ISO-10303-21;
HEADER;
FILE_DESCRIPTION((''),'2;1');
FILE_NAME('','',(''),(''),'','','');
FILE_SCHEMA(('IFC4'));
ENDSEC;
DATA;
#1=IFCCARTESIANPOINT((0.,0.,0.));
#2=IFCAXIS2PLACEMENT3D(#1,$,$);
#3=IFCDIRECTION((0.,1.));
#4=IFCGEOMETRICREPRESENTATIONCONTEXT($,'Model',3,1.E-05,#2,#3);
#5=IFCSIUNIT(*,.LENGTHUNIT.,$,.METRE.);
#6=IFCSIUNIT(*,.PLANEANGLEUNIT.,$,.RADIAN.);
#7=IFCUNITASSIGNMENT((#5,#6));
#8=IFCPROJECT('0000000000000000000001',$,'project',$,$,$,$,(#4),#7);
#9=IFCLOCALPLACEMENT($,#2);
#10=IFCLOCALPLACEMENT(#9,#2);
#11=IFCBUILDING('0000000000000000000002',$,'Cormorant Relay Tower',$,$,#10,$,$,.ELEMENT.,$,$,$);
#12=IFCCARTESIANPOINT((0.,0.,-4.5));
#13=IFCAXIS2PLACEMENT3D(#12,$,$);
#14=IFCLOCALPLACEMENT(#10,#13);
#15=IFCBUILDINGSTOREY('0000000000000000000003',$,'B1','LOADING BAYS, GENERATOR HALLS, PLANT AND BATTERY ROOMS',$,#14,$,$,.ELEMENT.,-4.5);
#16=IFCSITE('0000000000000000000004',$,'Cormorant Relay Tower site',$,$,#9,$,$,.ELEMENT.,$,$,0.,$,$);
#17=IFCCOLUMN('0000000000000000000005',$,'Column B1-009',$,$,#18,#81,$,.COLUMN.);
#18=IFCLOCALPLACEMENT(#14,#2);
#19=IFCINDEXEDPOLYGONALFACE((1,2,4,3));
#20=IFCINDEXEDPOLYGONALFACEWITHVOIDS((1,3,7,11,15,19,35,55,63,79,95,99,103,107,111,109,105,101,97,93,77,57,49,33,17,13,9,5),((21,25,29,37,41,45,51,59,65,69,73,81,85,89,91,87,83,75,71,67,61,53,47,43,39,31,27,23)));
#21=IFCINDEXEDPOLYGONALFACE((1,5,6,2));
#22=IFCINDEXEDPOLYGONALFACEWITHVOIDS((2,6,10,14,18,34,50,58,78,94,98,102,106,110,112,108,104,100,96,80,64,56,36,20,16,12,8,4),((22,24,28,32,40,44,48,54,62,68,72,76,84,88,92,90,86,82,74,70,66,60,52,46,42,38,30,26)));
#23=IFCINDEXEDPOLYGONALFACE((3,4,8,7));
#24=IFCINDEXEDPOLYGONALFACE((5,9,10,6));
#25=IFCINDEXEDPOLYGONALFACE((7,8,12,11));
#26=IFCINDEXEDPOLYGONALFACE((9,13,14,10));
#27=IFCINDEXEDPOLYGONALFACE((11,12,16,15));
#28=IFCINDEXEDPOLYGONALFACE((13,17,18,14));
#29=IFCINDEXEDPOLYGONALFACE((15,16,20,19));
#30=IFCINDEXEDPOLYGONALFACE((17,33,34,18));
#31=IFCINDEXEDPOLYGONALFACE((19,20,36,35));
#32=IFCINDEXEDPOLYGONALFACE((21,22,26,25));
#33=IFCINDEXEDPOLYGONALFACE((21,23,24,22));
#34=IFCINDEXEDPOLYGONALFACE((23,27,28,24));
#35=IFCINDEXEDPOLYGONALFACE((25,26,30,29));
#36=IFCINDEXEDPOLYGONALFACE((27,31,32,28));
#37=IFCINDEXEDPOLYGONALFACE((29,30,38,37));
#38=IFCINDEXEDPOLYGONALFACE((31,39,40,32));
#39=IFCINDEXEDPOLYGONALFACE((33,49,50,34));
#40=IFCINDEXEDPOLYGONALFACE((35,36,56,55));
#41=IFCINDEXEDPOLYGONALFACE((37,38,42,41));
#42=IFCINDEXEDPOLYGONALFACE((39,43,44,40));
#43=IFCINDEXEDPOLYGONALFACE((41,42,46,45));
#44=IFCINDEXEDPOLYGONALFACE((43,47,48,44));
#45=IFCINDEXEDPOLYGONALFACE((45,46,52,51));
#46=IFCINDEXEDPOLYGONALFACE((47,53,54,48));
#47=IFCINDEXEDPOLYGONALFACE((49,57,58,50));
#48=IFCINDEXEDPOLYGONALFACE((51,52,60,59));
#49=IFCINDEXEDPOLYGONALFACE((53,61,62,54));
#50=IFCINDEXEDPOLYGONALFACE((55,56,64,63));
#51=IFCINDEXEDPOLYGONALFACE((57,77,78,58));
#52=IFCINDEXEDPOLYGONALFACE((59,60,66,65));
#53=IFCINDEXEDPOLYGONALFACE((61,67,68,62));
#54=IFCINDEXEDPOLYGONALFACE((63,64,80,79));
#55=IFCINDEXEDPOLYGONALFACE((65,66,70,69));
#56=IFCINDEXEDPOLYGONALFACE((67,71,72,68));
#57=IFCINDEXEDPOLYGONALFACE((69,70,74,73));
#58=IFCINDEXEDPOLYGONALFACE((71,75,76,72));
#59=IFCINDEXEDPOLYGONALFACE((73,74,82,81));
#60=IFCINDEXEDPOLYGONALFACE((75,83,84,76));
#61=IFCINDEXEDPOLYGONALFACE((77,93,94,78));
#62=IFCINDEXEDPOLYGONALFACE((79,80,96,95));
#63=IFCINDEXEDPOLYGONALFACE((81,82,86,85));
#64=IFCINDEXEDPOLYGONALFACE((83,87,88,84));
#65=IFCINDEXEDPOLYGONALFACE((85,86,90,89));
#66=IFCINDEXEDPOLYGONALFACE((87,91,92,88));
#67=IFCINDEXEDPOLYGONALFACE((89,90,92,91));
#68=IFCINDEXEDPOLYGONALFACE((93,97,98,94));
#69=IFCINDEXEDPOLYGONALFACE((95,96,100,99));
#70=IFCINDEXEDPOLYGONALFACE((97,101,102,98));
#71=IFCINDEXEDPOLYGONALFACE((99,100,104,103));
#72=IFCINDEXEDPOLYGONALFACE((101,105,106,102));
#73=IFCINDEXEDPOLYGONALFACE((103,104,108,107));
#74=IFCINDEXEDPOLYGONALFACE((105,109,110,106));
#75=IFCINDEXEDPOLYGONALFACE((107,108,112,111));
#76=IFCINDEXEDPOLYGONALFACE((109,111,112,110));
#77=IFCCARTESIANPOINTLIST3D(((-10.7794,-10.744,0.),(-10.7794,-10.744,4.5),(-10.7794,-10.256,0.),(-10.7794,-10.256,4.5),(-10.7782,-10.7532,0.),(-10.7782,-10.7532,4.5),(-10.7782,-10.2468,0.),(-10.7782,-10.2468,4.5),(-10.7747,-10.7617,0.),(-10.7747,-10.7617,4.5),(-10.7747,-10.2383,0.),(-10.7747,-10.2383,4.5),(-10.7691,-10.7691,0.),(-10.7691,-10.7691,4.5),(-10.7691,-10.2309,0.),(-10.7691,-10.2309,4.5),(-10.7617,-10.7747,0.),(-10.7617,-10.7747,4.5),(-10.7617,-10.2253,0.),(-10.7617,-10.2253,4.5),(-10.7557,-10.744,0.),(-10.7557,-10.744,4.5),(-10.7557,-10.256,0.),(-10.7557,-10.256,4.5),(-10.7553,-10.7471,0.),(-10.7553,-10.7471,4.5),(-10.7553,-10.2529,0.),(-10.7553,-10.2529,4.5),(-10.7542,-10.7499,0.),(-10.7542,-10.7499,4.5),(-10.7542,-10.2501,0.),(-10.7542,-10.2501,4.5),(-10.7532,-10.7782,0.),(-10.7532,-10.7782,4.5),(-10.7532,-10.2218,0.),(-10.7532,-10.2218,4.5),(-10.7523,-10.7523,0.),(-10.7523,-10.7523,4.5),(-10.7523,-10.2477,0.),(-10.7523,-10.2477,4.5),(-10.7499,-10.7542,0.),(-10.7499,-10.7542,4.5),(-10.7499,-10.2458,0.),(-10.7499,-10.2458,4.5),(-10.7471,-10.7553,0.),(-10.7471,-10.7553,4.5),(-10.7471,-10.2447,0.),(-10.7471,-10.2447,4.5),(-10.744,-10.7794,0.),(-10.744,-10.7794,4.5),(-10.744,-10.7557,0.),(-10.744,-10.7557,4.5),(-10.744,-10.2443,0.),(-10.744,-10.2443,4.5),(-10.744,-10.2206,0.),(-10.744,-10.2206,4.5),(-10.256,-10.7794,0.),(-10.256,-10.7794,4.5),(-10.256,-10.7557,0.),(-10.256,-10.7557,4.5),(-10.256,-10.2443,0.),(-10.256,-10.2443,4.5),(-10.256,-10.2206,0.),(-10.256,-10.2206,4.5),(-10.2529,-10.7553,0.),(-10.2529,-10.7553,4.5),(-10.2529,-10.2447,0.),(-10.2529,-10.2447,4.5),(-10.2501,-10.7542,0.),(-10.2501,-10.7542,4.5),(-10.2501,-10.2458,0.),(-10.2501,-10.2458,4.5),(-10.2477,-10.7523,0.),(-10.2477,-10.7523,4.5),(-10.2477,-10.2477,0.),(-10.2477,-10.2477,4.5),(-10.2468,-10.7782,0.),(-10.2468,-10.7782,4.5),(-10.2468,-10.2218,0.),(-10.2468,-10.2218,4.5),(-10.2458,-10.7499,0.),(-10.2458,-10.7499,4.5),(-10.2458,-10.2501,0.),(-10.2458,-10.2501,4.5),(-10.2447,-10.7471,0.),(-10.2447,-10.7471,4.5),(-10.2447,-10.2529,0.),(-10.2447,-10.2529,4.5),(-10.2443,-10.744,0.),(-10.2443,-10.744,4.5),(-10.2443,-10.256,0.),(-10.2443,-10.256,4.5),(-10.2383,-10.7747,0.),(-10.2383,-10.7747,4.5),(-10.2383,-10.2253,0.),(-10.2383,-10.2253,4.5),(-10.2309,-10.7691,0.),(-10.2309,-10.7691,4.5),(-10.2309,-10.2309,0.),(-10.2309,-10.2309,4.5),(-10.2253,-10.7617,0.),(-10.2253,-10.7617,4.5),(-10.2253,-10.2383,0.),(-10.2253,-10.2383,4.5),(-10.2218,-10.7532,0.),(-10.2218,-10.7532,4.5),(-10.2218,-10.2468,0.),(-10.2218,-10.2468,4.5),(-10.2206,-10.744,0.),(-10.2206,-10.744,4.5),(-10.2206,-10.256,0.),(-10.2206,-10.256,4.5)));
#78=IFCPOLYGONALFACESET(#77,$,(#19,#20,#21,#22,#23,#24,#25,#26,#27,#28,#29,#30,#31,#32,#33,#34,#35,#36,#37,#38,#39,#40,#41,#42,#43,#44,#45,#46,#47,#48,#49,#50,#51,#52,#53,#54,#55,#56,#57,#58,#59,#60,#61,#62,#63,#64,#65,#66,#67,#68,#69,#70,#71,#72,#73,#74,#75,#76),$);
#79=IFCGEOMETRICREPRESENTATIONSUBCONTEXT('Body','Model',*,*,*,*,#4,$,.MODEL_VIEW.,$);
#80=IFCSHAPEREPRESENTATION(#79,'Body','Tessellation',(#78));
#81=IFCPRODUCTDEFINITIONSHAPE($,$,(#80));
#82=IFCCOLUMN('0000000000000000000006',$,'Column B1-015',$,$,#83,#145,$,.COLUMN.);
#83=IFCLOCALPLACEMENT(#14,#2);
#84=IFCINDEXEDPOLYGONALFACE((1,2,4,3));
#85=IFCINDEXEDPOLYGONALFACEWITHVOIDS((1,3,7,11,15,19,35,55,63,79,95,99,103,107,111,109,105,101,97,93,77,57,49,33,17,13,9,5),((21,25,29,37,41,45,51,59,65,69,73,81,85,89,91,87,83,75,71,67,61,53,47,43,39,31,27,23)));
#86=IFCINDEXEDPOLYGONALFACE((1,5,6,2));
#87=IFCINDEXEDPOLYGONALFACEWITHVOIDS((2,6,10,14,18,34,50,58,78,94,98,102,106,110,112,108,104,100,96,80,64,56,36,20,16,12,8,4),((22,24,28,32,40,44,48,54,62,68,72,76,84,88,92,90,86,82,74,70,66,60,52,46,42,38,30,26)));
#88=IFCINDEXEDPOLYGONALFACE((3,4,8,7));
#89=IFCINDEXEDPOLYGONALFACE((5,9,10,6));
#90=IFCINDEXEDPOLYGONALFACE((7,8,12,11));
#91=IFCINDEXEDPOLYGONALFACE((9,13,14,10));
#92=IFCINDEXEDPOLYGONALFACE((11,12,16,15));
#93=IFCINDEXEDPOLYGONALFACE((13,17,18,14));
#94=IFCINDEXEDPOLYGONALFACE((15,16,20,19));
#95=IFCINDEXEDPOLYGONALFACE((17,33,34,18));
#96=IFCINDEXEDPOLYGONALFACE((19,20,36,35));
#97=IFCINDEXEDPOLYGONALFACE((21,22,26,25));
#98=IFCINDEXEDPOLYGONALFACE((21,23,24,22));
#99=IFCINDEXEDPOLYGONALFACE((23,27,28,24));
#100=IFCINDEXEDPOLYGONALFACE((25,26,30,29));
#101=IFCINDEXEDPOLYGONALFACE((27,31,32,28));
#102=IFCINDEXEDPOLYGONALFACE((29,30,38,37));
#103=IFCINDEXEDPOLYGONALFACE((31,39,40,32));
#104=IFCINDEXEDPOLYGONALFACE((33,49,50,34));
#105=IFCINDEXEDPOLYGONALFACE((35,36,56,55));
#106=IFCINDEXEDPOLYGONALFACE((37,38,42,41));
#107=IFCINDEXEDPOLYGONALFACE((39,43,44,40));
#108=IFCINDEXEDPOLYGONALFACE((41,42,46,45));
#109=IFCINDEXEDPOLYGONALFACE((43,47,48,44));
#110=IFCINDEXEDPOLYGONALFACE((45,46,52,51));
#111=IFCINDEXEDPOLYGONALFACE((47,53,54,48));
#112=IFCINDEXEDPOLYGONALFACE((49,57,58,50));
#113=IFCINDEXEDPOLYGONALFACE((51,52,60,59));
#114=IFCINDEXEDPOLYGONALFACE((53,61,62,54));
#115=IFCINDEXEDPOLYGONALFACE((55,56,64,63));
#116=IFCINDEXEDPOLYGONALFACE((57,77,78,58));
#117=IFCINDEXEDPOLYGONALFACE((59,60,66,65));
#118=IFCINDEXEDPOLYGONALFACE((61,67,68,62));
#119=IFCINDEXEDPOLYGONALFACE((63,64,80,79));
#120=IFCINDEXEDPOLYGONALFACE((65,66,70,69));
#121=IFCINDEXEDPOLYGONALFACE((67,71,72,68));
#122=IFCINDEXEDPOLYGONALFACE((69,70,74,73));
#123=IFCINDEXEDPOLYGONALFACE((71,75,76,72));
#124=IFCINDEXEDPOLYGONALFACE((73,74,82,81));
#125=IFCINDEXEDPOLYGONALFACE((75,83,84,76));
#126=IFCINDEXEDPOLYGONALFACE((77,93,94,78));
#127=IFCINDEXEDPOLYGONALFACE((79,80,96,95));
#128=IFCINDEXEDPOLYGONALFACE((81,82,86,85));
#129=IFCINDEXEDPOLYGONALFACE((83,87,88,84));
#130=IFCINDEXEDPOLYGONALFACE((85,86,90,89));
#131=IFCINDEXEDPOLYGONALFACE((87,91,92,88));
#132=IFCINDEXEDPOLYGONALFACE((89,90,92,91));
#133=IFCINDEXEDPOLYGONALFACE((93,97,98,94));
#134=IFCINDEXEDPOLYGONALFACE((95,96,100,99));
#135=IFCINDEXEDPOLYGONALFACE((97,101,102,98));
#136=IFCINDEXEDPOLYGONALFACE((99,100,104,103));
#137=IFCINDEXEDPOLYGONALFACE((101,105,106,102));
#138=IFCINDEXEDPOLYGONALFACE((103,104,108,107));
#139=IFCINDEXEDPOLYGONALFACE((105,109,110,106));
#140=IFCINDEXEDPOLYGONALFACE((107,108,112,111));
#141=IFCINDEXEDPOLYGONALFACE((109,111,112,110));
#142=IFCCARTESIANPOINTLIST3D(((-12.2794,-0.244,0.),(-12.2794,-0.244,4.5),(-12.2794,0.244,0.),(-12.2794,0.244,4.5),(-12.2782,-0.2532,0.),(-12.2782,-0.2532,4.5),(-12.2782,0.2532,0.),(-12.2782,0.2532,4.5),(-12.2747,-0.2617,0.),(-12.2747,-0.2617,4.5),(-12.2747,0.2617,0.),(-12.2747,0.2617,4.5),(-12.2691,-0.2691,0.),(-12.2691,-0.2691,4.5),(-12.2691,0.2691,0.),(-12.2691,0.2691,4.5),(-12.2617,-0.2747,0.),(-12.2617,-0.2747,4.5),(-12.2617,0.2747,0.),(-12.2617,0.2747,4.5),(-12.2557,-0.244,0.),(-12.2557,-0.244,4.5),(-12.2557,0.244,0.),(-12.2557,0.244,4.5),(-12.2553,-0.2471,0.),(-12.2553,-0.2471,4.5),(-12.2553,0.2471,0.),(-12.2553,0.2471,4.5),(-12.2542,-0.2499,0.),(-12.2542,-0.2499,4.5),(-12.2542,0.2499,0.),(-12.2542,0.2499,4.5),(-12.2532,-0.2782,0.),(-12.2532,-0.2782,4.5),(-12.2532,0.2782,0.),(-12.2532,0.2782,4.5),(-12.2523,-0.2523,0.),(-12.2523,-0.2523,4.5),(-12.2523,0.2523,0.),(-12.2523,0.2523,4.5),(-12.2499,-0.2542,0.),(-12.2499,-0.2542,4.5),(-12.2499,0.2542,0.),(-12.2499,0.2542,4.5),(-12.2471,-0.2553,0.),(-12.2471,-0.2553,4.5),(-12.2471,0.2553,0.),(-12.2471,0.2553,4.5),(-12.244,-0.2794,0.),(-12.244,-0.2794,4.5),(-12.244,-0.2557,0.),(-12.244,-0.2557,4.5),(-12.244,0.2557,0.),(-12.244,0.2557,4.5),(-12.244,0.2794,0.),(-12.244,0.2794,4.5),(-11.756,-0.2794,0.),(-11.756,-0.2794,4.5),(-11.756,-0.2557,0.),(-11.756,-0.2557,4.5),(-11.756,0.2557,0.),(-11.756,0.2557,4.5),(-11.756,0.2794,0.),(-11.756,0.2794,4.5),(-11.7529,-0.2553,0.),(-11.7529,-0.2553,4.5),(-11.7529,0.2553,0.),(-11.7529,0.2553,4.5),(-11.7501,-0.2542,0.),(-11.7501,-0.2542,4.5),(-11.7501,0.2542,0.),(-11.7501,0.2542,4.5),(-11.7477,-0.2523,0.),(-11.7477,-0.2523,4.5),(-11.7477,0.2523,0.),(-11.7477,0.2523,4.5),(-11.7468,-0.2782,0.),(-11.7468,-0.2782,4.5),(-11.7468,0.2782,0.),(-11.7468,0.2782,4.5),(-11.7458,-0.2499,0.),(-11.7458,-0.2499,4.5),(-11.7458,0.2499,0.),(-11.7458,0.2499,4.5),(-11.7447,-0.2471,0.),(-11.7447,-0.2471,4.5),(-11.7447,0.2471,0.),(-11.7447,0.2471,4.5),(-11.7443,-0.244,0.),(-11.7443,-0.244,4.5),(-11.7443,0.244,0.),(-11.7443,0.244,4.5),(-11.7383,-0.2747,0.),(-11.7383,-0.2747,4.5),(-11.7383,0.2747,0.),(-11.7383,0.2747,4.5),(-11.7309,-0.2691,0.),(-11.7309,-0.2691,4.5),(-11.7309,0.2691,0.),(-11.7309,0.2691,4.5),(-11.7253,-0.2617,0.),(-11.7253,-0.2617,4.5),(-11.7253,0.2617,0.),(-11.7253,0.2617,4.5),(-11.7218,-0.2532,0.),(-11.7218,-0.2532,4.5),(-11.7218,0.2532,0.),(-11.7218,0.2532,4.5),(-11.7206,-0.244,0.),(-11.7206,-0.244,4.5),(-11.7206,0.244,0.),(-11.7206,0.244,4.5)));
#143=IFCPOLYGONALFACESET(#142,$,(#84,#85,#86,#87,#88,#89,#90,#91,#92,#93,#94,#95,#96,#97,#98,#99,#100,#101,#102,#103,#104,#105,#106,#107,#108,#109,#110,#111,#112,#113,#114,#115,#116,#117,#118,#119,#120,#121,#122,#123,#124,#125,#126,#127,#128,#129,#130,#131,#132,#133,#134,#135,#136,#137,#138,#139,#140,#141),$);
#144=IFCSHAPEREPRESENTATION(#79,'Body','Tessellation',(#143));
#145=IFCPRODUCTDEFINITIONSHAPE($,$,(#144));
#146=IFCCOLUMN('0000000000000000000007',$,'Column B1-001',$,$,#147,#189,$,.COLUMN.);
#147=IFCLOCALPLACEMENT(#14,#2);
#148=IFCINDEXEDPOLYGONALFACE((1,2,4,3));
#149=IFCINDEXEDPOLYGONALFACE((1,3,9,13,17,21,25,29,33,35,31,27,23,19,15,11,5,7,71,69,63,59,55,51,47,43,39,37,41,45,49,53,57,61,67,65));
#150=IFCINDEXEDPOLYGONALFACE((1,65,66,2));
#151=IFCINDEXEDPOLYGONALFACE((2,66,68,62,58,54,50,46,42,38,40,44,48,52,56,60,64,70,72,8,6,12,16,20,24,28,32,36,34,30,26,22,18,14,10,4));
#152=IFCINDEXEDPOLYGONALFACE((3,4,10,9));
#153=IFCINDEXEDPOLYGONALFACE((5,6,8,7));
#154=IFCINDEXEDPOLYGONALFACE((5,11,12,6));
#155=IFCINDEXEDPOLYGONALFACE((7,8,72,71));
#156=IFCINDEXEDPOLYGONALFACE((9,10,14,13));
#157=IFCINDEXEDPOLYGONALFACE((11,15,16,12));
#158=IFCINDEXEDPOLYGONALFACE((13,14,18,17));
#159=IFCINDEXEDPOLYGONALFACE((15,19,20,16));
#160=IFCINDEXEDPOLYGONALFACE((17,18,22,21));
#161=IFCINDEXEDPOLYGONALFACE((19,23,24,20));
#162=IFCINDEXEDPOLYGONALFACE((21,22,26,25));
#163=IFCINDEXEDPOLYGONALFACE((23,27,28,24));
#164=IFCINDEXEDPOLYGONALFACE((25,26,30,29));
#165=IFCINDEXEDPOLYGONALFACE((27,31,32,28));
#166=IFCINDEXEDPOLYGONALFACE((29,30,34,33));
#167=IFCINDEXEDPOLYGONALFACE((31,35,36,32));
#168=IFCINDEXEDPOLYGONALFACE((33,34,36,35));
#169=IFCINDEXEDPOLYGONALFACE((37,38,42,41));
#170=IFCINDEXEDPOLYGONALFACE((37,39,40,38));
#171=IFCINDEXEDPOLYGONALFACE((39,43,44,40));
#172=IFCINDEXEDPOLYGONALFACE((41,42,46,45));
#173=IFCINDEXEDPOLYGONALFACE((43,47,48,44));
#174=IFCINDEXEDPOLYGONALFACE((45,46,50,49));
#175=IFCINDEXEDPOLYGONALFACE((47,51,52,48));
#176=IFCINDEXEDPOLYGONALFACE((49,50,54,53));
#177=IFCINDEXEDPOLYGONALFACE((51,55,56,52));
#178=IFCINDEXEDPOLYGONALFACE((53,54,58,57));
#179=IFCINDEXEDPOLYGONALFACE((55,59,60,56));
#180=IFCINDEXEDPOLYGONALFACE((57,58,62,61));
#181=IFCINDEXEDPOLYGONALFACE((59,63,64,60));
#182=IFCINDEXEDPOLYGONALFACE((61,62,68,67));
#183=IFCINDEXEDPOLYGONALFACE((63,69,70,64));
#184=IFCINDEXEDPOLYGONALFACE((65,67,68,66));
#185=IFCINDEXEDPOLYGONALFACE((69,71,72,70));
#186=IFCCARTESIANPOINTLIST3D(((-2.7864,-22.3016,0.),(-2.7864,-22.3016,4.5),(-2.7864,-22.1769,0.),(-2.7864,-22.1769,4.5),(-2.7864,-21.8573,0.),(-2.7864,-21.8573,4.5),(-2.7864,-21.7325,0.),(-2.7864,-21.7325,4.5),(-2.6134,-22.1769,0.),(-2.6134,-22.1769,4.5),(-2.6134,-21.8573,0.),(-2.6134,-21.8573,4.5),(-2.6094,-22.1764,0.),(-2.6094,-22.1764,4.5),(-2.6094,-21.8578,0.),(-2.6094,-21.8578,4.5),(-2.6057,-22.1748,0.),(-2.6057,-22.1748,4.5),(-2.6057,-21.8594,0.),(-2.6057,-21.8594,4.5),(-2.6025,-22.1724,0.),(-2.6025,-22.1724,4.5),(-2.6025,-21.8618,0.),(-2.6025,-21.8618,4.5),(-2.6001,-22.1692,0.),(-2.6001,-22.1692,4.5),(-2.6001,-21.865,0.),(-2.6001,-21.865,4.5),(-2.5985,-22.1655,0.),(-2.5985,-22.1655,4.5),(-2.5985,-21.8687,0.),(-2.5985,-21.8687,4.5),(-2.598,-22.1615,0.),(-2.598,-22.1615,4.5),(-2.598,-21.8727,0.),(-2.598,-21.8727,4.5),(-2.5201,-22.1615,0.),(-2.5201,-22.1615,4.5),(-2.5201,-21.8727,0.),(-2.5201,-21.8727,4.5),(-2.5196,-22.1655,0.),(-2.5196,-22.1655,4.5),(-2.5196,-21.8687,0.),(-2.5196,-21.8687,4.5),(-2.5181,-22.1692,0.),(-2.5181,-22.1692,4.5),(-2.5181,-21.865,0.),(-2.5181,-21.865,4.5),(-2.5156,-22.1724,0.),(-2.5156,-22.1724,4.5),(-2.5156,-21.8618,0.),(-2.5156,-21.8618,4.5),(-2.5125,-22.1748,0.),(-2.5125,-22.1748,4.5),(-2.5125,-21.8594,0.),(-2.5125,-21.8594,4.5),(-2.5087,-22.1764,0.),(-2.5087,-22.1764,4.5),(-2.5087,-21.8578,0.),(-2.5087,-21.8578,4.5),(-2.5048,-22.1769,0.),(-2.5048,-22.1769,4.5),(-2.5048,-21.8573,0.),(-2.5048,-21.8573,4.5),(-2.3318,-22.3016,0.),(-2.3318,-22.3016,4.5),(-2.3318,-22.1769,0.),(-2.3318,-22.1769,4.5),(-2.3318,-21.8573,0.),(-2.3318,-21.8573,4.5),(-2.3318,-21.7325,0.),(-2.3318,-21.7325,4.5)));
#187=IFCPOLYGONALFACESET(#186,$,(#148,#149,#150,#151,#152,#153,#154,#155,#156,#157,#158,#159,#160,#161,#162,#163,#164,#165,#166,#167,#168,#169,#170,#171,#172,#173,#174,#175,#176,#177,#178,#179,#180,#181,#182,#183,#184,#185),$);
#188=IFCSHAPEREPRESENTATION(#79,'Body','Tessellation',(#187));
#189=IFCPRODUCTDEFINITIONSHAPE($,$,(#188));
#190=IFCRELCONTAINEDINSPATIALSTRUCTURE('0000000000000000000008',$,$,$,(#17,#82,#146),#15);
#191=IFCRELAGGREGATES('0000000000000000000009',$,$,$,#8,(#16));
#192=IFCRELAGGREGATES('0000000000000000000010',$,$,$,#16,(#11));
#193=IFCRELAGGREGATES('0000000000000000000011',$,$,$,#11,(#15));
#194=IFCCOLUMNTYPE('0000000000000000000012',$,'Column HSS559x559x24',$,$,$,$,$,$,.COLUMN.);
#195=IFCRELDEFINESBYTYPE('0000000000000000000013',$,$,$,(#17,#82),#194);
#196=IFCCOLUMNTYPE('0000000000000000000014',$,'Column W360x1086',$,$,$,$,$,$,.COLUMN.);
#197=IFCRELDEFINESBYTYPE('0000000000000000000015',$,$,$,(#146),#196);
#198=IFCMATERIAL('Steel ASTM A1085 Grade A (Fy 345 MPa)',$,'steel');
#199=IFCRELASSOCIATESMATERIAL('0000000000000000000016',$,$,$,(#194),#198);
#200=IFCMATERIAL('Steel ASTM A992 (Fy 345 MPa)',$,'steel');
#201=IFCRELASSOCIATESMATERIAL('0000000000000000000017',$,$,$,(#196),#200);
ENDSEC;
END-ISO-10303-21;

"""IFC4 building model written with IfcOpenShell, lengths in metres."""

from ifc_helpers import new_model, si_unit, direction, frame, origin, origin_2d, place, context, subcontext, project, spatial, hollow_rectangle, i_section, extrude, material, material_profile, profile_set, type_object, element, save


model = new_model("IFC4")

# Units and contexts
model_context = context("Model", 3, precision=1e-05, world=origin(), true_north=direction((0.0, 1.0)))
body_context = subcontext(model_context, "Body", "Model", "MODEL_VIEW")
ifc_project = project(units=[si_unit("LENGTHUNIT", "METRE"), si_unit("PLANEANGLEUNIT", "RADIAN")], contexts=[model_context])

# Site, building, storey
site_placement = place(None, origin())
site = spatial("IfcSite", under=ifc_project, at=site_placement, Name="Cormorant Relay Tower site", CompositionType="ELEMENT", RefElevation=0.0)
building_placement = place(site_placement, origin())
building = spatial("IfcBuilding", under=site, at=building_placement, Name="Cormorant Relay Tower", CompositionType="ELEMENT")
storey_placement = place(building_placement, frame((0.0, 0.0, -4.5)))
storey = spatial("IfcBuildingStorey", under=building, at=storey_placement, Name="B1", Description="LOADING BAYS, GENERATOR HALLS, PLANT AND BATTERY ROOMS", CompositionType="ELEMENT", Elevation=-4.5)

# Columns
ifc_material_1 = material(Name="Steel ASTM A1085 Grade A (Fy 345 MPa)", Category="steel")
ifc_material_profile_1 = material_profile(ifc_material_1, hollow_rectangle(XDim=0.5588, YDim=0.5588, WallThickness=0.0237, InnerFilletRadius=0.0117, OuterFilletRadius=0.0354, at=origin_2d()), Name="HSS559x559x24")
ifc_profile_set_1 = profile_set([ifc_material_profile_1], Name="Steel ASTM A1085 Grade A (Fy 345 MPa)")
column_type_1 = type_object("IfcColumnType", Name="Column HSS559x559x24", PredefinedType="COLUMN", material=ifc_profile_set_1)
for number, where, z_axis, x_axis, name in (
    (1, (-10.5, -10.5, 0.0), (0.0, 0.0, 1.0), (1.0, 0.0, 0.0), "Column B1-009"),
    (2, (-12.0, 0.0, 0.0), (0.0, 0.0, 1.0), (1.0, 0.0, 0.0), "Column B1-015"),
):
    element("IfcColumn", number, at=place(storey_placement, frame(where, z_axis=z_axis, x_axis=x_axis)), inside=storey, type_object=column_type_1, Name=name, PredefinedType="COLUMN", context=body_context, shape_type="SweptSolid", body=[
        extrude(hollow_rectangle(XDim=0.5588, YDim=0.5588, WallThickness=0.0237, InnerFilletRadius=0.0117, OuterFilletRadius=0.0354, at=origin_2d()), origin(), (0.0, 0.0, 1.0), 4.5),
    ])
ifc_material_2 = material(Name="Steel ASTM A992 (Fy 345 MPa)", Category="steel")
ifc_material_profile_2 = material_profile(ifc_material_2, i_section(OverallWidth=0.4546, OverallDepth=0.5691, WebThickness=0.0779, FlangeThickness=0.1248, FilletRadius=0.0154, at=origin_2d()), Name="W360x1086")
ifc_profile_set_2 = profile_set([ifc_material_profile_2], Name="Steel ASTM A992 (Fy 345 MPa)")
column_type_2 = type_object("IfcColumnType", Name="Column W360x1086", PredefinedType="COLUMN", material=ifc_profile_set_2)
column_placement = place(storey_placement, frame((-2.5591, -22.0171, 0.0), z_axis=(0.0, 0.0, 1.0), x_axis=(1.0, 0.0, 0.0)))
element("IfcColumn", 3, at=column_placement, inside=storey, type_object=column_type_2, Name="Column B1-001", PredefinedType="COLUMN", context=body_context, shape_type="SweptSolid", body=[
    extrude(i_section(OverallWidth=0.4546, OverallDepth=0.5691, WebThickness=0.0779, FlangeThickness=0.1248, FilletRadius=0.0154, at=origin_2d()), origin(), (0.0, 0.0, 1.0), 4.5),
])

save(model, "model.ifc")
